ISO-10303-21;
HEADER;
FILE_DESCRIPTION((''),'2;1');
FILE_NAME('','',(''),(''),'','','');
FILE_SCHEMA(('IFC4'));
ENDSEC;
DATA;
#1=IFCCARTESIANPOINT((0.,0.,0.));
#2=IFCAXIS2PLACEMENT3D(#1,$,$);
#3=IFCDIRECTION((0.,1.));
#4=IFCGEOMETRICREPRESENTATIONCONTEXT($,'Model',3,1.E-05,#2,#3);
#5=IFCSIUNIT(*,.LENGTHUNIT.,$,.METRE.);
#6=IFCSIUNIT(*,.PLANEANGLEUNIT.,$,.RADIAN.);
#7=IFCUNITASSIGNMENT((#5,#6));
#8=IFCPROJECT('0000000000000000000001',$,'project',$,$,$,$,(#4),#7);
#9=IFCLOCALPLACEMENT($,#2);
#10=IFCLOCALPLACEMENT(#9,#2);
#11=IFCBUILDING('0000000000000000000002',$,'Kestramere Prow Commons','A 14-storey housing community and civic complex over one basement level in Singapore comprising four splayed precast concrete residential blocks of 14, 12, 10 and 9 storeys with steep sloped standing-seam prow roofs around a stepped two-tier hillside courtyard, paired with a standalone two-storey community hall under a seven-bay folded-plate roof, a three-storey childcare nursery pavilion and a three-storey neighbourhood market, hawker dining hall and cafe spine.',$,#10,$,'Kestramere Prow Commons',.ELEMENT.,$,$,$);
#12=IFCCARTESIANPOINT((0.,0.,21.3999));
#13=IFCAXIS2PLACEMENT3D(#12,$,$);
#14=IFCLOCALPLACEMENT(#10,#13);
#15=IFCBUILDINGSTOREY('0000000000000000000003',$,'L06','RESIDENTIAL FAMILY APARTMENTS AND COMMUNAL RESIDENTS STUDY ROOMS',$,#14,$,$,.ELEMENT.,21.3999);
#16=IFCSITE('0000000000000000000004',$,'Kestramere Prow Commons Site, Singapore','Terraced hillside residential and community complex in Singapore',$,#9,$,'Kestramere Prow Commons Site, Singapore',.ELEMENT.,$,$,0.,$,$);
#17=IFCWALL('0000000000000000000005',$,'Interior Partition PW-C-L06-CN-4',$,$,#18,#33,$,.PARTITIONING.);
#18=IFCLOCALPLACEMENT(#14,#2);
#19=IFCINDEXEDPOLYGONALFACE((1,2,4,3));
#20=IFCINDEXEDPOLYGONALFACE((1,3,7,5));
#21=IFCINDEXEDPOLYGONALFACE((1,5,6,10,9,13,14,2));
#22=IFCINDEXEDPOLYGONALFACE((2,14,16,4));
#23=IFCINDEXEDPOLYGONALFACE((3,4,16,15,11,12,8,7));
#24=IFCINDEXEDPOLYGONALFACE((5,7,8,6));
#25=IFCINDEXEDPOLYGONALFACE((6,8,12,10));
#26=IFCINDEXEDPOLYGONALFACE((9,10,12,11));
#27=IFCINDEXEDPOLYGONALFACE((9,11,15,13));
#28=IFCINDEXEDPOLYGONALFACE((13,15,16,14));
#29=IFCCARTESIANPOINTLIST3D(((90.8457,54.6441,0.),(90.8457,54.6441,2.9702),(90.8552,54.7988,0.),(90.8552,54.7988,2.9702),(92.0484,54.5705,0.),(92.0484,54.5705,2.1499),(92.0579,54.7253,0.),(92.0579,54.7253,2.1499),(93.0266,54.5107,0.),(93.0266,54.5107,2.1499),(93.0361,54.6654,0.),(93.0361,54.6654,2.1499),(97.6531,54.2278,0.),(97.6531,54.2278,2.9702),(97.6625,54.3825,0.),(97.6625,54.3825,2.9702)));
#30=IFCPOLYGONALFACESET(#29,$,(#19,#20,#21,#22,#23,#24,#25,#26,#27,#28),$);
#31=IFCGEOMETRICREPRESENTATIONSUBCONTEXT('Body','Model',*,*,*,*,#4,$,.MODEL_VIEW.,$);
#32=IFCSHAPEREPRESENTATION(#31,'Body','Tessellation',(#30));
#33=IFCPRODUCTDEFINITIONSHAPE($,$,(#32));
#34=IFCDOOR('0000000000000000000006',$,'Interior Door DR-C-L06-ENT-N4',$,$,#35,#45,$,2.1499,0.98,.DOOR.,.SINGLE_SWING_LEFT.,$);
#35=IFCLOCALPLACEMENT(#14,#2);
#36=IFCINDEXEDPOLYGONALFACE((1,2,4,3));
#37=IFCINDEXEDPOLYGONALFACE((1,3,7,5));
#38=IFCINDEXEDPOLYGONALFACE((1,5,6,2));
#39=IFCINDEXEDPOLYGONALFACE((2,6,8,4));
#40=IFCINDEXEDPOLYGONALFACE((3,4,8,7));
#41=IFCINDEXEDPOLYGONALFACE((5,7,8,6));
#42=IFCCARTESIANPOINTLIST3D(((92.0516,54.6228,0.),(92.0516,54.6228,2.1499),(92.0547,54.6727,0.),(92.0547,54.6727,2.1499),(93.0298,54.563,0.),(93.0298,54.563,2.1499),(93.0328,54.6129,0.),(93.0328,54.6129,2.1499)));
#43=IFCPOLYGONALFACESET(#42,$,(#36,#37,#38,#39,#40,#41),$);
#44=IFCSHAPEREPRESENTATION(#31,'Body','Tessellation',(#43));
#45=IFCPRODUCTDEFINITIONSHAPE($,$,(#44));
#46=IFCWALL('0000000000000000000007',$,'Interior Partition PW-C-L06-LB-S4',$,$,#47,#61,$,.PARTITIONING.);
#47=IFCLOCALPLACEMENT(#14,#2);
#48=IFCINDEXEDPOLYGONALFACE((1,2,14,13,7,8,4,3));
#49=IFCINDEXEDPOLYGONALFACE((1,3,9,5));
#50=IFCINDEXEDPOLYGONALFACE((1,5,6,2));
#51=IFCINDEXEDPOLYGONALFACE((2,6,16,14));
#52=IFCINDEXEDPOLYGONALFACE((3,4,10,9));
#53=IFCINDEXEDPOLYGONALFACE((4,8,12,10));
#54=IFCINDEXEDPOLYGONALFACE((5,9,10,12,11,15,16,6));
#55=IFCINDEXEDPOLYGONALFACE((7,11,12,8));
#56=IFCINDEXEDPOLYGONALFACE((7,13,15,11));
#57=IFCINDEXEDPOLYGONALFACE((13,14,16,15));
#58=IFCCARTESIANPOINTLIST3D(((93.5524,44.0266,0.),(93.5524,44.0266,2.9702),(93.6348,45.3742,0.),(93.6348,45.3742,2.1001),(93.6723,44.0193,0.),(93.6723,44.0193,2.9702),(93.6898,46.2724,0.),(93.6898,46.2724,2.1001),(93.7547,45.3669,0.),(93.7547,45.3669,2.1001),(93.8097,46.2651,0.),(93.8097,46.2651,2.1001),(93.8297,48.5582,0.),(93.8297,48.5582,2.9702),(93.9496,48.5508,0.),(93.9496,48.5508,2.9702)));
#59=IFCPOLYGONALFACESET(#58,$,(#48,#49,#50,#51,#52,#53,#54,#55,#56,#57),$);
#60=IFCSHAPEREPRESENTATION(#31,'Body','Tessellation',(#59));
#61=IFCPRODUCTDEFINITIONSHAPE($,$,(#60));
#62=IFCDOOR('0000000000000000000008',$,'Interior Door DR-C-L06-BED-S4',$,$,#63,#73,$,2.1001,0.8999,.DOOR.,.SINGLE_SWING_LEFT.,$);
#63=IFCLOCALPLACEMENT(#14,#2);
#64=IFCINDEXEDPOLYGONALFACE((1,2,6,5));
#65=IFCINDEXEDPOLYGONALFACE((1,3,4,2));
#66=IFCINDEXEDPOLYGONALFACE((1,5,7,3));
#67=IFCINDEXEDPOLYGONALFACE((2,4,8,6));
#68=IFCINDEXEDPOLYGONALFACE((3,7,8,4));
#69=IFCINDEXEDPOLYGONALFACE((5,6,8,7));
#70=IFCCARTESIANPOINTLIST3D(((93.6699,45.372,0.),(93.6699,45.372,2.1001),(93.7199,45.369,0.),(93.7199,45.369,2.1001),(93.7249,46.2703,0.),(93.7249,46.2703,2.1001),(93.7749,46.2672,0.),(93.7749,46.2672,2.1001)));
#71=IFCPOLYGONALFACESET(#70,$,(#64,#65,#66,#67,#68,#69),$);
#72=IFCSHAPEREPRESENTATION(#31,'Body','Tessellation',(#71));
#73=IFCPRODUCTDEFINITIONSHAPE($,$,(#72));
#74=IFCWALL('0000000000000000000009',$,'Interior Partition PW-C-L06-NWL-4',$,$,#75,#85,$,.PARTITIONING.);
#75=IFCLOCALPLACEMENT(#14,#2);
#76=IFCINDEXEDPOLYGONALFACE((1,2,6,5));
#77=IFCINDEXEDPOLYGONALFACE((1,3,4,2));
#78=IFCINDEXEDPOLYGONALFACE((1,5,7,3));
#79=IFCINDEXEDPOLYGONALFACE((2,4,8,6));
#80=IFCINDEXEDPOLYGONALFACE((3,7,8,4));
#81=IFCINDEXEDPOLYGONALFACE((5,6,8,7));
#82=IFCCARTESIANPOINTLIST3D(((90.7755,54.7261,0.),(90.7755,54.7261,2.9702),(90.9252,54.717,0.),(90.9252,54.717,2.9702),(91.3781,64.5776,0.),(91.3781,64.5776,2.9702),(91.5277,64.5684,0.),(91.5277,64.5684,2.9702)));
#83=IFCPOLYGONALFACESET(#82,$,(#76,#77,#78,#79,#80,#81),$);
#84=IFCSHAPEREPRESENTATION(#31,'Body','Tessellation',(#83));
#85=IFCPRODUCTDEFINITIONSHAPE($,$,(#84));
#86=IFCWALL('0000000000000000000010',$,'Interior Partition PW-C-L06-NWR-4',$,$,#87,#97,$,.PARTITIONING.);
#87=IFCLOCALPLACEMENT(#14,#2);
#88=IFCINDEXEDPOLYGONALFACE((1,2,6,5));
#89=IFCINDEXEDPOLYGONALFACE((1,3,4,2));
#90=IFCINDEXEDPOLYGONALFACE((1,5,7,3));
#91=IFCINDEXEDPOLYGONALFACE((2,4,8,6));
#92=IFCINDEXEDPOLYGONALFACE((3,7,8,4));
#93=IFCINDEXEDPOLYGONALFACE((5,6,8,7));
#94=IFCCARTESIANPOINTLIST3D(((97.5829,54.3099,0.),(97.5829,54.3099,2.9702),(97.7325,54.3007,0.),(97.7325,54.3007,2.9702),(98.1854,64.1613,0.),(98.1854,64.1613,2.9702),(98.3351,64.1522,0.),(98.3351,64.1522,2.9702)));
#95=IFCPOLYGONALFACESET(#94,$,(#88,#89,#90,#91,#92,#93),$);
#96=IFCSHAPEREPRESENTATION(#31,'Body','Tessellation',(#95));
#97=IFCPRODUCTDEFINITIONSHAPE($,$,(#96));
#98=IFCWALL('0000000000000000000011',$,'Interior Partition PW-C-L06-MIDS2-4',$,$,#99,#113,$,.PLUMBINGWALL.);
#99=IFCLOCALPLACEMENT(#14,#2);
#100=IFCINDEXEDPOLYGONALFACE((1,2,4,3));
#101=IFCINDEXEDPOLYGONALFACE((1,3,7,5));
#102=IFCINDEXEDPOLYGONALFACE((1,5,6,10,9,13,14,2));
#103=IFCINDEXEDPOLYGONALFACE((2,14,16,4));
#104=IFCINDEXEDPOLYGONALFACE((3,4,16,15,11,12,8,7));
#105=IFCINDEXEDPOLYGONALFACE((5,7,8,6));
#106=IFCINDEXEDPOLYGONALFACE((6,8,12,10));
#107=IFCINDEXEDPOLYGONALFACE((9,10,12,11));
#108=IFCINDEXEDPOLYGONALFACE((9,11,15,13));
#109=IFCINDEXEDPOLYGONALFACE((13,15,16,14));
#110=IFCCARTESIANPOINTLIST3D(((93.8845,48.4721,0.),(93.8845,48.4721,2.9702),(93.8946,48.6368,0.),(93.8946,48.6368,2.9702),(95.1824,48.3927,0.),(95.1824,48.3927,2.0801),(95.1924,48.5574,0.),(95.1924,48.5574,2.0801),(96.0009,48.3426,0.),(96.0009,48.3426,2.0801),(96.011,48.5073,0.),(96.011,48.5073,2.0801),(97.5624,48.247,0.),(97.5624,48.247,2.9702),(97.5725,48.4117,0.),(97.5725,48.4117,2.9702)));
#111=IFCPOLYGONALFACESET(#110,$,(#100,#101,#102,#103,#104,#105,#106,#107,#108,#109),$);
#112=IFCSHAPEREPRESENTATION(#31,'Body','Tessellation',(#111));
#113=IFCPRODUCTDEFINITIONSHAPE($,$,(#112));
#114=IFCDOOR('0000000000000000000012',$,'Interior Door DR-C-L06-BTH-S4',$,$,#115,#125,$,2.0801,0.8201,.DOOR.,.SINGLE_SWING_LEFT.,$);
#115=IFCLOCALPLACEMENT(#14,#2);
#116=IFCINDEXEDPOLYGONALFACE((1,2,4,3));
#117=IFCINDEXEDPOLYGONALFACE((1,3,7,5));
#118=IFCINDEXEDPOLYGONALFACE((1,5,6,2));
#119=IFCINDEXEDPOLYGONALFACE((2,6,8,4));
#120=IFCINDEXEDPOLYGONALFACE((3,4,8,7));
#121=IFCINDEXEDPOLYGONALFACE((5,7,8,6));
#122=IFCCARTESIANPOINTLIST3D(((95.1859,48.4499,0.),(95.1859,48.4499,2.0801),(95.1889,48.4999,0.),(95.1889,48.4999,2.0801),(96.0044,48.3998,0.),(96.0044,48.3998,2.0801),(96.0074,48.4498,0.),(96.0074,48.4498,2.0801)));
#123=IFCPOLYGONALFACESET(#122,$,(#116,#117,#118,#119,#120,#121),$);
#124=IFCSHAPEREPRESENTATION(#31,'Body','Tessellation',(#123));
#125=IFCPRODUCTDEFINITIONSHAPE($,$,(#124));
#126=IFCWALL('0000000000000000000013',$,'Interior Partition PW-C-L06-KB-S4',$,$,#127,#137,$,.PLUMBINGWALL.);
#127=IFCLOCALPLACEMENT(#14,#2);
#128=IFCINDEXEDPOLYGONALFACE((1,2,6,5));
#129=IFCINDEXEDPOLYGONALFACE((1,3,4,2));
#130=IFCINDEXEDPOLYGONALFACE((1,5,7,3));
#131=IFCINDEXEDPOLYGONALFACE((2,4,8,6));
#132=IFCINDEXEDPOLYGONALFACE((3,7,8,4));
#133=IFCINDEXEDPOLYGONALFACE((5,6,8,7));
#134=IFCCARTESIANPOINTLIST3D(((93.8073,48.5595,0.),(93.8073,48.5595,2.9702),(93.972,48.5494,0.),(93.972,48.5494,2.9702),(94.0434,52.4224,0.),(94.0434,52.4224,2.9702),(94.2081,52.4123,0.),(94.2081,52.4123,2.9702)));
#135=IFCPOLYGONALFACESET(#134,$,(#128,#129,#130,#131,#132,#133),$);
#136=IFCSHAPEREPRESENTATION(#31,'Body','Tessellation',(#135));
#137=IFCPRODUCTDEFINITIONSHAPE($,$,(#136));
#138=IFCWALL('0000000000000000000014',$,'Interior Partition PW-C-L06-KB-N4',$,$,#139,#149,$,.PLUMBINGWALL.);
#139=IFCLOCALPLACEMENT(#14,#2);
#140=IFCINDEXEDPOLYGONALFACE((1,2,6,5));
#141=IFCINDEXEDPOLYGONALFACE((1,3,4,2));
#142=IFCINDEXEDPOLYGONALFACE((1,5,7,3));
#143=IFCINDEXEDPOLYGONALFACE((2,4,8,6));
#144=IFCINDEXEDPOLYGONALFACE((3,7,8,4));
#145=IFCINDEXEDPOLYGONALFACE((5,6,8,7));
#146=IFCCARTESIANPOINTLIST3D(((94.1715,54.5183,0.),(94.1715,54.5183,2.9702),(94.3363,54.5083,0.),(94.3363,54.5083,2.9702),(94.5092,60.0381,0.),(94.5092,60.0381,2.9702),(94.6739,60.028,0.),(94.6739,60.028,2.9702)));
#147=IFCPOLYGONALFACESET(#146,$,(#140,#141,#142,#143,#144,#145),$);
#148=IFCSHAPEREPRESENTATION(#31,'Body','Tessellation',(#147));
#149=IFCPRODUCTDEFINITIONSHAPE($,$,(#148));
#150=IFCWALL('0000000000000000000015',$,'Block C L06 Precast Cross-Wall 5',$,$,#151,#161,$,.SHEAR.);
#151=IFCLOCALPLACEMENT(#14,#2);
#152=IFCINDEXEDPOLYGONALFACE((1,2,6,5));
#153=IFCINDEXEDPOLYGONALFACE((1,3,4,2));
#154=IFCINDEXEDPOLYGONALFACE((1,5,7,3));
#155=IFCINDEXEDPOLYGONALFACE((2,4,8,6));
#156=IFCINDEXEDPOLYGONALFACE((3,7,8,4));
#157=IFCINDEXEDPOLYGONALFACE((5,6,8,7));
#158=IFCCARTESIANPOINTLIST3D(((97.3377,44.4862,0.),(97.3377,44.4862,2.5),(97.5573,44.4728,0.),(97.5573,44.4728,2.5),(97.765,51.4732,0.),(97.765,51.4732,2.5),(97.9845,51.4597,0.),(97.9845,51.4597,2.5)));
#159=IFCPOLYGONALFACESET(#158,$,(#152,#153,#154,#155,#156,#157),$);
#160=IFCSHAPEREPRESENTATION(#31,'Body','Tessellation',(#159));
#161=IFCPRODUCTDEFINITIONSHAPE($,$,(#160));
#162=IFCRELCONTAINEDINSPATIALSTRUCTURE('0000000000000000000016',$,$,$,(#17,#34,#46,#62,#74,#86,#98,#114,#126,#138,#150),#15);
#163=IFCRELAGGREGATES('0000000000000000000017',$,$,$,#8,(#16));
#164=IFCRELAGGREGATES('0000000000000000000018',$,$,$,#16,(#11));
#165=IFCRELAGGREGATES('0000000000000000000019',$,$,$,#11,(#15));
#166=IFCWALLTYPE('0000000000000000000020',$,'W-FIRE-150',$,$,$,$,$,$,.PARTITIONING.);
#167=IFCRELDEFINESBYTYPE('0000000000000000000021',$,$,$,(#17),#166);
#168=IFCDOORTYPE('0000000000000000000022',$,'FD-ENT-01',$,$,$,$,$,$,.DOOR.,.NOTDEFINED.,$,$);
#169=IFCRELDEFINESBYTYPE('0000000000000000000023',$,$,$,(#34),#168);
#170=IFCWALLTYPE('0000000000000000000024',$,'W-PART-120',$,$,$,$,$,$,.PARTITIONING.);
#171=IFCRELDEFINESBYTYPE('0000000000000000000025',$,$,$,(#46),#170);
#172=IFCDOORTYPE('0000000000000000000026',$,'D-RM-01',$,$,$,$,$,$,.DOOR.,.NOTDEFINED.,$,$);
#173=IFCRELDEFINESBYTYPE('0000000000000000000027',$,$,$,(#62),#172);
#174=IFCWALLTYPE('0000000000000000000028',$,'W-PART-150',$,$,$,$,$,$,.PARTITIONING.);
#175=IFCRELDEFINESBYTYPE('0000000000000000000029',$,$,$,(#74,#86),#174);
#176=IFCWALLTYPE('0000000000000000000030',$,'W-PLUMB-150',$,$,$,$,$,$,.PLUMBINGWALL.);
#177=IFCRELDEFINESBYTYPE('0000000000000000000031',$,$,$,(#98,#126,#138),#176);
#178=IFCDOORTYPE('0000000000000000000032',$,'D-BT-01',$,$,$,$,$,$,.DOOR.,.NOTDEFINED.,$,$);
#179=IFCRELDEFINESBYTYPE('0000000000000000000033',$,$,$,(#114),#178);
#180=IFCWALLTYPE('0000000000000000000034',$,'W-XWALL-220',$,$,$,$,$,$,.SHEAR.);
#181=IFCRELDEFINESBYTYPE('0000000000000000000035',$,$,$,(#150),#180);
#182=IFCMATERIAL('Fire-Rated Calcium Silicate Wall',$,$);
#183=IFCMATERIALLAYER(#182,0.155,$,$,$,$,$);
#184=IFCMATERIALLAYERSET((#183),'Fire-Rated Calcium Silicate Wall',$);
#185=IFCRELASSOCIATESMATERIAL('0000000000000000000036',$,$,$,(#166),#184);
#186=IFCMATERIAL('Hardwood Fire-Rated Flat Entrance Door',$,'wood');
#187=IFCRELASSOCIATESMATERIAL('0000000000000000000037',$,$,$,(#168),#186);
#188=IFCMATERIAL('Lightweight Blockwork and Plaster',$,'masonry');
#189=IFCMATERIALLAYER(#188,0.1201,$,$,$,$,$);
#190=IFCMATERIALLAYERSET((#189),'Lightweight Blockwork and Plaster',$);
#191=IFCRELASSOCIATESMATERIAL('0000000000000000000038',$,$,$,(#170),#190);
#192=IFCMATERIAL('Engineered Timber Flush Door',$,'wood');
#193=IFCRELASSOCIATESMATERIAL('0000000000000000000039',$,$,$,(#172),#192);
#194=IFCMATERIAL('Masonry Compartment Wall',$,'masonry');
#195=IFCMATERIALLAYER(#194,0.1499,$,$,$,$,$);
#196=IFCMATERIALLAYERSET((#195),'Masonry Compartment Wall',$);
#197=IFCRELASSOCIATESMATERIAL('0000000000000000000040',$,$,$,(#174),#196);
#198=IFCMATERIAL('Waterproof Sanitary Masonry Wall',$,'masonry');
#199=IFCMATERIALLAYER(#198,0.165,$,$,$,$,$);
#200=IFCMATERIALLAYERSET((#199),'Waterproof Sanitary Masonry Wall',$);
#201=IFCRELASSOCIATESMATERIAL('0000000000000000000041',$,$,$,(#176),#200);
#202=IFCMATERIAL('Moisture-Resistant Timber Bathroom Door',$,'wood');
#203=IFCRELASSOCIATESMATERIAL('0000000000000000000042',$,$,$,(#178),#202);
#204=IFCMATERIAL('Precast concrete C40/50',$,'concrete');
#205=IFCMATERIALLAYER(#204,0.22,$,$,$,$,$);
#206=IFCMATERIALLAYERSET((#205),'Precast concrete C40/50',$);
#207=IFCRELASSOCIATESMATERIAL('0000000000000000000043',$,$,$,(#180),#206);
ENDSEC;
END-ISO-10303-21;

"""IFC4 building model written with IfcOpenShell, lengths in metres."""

from ifc_helpers import new_model, si_unit, direction, frame, frame_2d, origin, place, context, subcontext, project, spatial, rectangle, extrude, material, layer, layer_set, type_object, element, fill, save


model = new_model("IFC4")

# Units and contexts
model_context = context("Model", 3, precision=1e-05, world=origin(), true_north=direction((0.0, 1.0)))
body_context = subcontext(model_context, "Body", "Model", "MODEL_VIEW")
ifc_project = project(units=[si_unit("LENGTHUNIT", "METRE"), si_unit("PLANEANGLEUNIT", "RADIAN")], contexts=[model_context])

# Site, building, storey
site_placement = place(None, origin())
site = spatial("IfcSite", under=ifc_project, at=site_placement, Name="Kestramere Prow Commons Site, Singapore", Description="Terraced hillside residential and community complex in Singapore", LongName="Kestramere Prow Commons Site, Singapore", CompositionType="ELEMENT", RefElevation=0.0)
building_placement = place(site_placement, origin())
building = spatial("IfcBuilding", under=site, at=building_placement, Name="Kestramere Prow Commons", Description="A 14-storey housing community and civic complex over one basement level in Singapore comprising four splayed precast concrete residential blocks of 14, 12, 10 and 9 storeys with steep sloped standing-seam prow roofs around a stepped two-tier hillside courtyard, paired with a standalone two-storey community hall under a seven-bay folded-plate roof, a three-storey childcare nursery pavilion and a three-storey neighbourhood market, hawker dining hall and cafe spine.", LongName="Kestramere Prow Commons", CompositionType="ELEMENT")
storey_placement = place(building_placement, frame((0.0, 0.0, 21.3999)))
storey = spatial("IfcBuildingStorey", under=building, at=storey_placement, Name="L06", Description="RESIDENTIAL FAMILY APARTMENTS AND COMMUNAL RESIDENTS STUDY ROOMS", CompositionType="ELEMENT", Elevation=21.3999)

# Shared definitions
ifc_material_1 = material(Name="Precast concrete C40/50", Category="concrete")

# Walls, openings, doors
ifc_material_2 = material(Name="Fire-Rated Calcium Silicate Wall")
ifc_layer_1 = layer(ifc_material_2, 0.155)
ifc_layer_set_1 = layer_set([ifc_layer_1], Name="Fire-Rated Calcium Silicate Wall")
wall_type_1 = type_object("IfcWallType", Name="W-FIRE-150", PredefinedType="PARTITIONING", material=ifc_layer_set_1)
wall_1_placement = place(storey_placement, frame((90.8503, 54.7214, 0.0), z_axis=(0.0, 0.0, 1.0), x_axis=(0.998136, -0.061034, 0.0)))
wall_1 = element("IfcWall", 1, at=wall_1_placement, inside=storey, type_object=wall_type_1, Name="Interior Partition PW-C-L06-CN-4", PredefinedType="PARTITIONING", context=body_context, shape_type="SweptSolid", body=[
    extrude(rectangle(XDim=6.8201, YDim=0.155, at=frame_2d((3.4102, 0.0))), origin(), (0.0, 0.0, 1.0), 2.9702),
])
opening_1_placement = place(wall_1_placement, frame((1.2051, 0.0, 0.0)))
opening_1 = element("IfcOpeningElement", 2, at=opening_1_placement, cuts=wall_1, PredefinedType="OPENING", context=body_context, shape_type="SweptSolid", body=[
    extrude(rectangle(XDim=0.98, YDim=2.1499, at=frame_2d((0.49, 1.075))), frame((0.0, 0.0925, 0.0), z_axis=(0.0, -1.0, 0.0), x_axis=(1.0, 0.0, 0.0)), (0.0, 0.0, 1.0), 0.1851),
])
ifc_material_3 = material(Name="Hardwood Fire-Rated Flat Entrance Door", Category="wood")
door_type_1 = type_object("IfcDoorType", Name="FD-ENT-01", OperationType="NOTDEFINED", PredefinedType="DOOR", material=ifc_material_3)
door_1_placement = place(opening_1_placement, origin())
door_1 = element("IfcDoor", 3, at=door_1_placement, inside=storey, type_object=door_type_1, Name="Interior Door DR-C-L06-ENT-N4", OperationType="SINGLE_SWING_LEFT", OverallHeight=2.1499, OverallWidth=0.98, PredefinedType="DOOR", context=body_context, shape_type="SweptSolid", body=[
    extrude(rectangle(XDim=0.98, YDim=2.1499, at=frame_2d((0.49, 1.075))), frame((0.0, 0.0249, 0.0), z_axis=(0.0, -1.0, 0.0), x_axis=(1.0, 0.0, 0.0)), (0.0, 0.0, 1.0), 0.05),
])
fill(opening_1, door_1)
ifc_material_4 = material(Name="Lightweight Blockwork and Plaster", Category="masonry")
ifc_layer_2 = layer(ifc_material_4, 0.1201)
ifc_layer_set_2 = layer_set([ifc_layer_2], Name="Lightweight Blockwork and Plaster")
wall_type_2 = type_object("IfcWallType", Name="W-PART-120", PredefinedType="PARTITIONING", material=ifc_layer_set_2)
wall_2_placement = place(storey_placement, frame((93.6123, 44.0229, 0.0), z_axis=(0.0, 0.0, 1.0), x_axis=(0.061089, 0.998132, 0.0)))
wall_2 = element("IfcWall", 4, at=wall_2_placement, inside=storey, type_object=wall_type_2, Name="Interior Partition PW-C-L06-LB-S4", PredefinedType="PARTITIONING", context=body_context, shape_type="SweptSolid", body=[
    extrude(rectangle(XDim=4.54, YDim=0.1201, at=frame_2d((2.27, 0.0))), origin(), (0.0, 0.0, 1.0), 2.9702),
])
opening_2_placement = place(wall_2_placement, frame((1.3501, 0.0, 0.0)))
opening_2 = element("IfcOpeningElement", 5, at=opening_2_placement, cuts=wall_2, PredefinedType="OPENING", context=body_context, shape_type="SweptSolid", body=[
    extrude(rectangle(XDim=0.8999, YDim=2.1001, at=frame_2d((0.45, 1.05))), frame((0.0, 0.075, 0.0), z_axis=(0.0, -1.0, 0.0), x_axis=(1.0, 0.0, 0.0)), (0.0, 0.0, 1.0), 0.1501),
])
ifc_material_5 = material(Name="Engineered Timber Flush Door", Category="wood")
door_type_2 = type_object("IfcDoorType", Name="D-RM-01", OperationType="NOTDEFINED", PredefinedType="DOOR", material=ifc_material_5)
door_2_placement = place(opening_2_placement, origin())
door_2 = element("IfcDoor", 6, at=door_2_placement, inside=storey, type_object=door_type_2, Name="Interior Door DR-C-L06-BED-S4", OperationType="SINGLE_SWING_LEFT", OverallHeight=2.1001, OverallWidth=0.8999, PredefinedType="DOOR", context=body_context, shape_type="SweptSolid", body=[
    extrude(rectangle(XDim=0.8999, YDim=2.1001, at=frame_2d((0.45, 1.05))), frame((0.0, 0.0249, 0.0), z_axis=(0.0, -1.0, 0.0), x_axis=(1.0, 0.0, 0.0)), (0.0, 0.0, 1.0), 0.05),
])
fill(opening_2, door_2)

# Walls
ifc_material_6 = material(Name="Masonry Compartment Wall", Category="masonry")
ifc_layer_3 = layer(ifc_material_6, 0.1499)
ifc_layer_set_3 = layer_set([ifc_layer_3], Name="Masonry Compartment Wall")
wall_type_3 = type_object("IfcWallType", Name="W-PART-150", PredefinedType="PARTITIONING", material=ifc_layer_set_3)
for number, where, z_axis, x_axis, name in (
    (7, (90.8503, 54.7214, 0.0), (0.0, 0.0, 1.0), (0.061048, 0.998135, 0.0), "Interior Partition PW-C-L06-NWL-4"),
    (8, (97.6577, 54.3052, 0.0), (0.0, 0.0, 1.0), (0.061048, 0.998135, 0.0), "Interior Partition PW-C-L06-NWR-4"),
):
    element("IfcWall", number, at=place(storey_placement, frame(where, z_axis=z_axis, x_axis=x_axis)), inside=storey, type_object=wall_type_3, Name=name, PredefinedType="PARTITIONING", context=body_context, shape_type="SweptSolid", body=[
        extrude(rectangle(XDim=9.8699, YDim=0.1499, at=frame_2d((4.9351, 0.0))), origin(), (0.0, 0.0, 1.0), 2.9702),
    ])

# Wall, opening, door
ifc_material_7 = material(Name="Waterproof Sanitary Masonry Wall", Category="masonry")
ifc_layer_4 = layer(ifc_material_7, 0.165)
ifc_layer_set_4 = layer_set([ifc_layer_4], Name="Waterproof Sanitary Masonry Wall")
wall_type_4 = type_object("IfcWallType", Name="W-PLUMB-150", PredefinedType="PLUMBINGWALL", material=ifc_layer_set_4)
wall_3_placement = place(storey_placement, frame((93.8896, 48.5544, 0.0), z_axis=(0.0, 0.0, 1.0), x_axis=(0.998132, -0.061087, 0.0)))
wall_3 = element("IfcWall", 9, at=wall_3_placement, inside=storey, type_object=wall_type_4, Name="Interior Partition PW-C-L06-MIDS2-4", PredefinedType="PLUMBINGWALL", context=body_context, shape_type="SweptSolid", body=[
    extrude(rectangle(XDim=3.6848, YDim=0.165, at=frame_2d((1.8423, 0.0))), origin(), (0.0, 0.0, 1.0), 2.9702),
])
opening_3_placement = place(wall_3_placement, frame((1.3, 0.0, 0.0)))
opening_3 = element("IfcOpeningElement", 10, at=opening_3_placement, cuts=wall_3, PredefinedType="OPENING", context=body_context, shape_type="SweptSolid", body=[
    extrude(rectangle(XDim=0.8201, YDim=2.0801, at=frame_2d((0.4102, 1.04))), frame((0.0, 0.0974, 0.0), z_axis=(0.0, -1.0, 0.0), x_axis=(1.0, 0.0, 0.0)), (0.0, 0.0, 1.0), 0.1951),
])
ifc_material_8 = material(Name="Moisture-Resistant Timber Bathroom Door", Category="wood")
door_type_3 = type_object("IfcDoorType", Name="D-BT-01", OperationType="NOTDEFINED", PredefinedType="DOOR", material=ifc_material_8)
door_3_placement = place(opening_3_placement, origin())
door_3 = element("IfcDoor", 11, at=door_3_placement, inside=storey, type_object=door_type_3, Name="Interior Door DR-C-L06-BTH-S4", OperationType="SINGLE_SWING_LEFT", OverallHeight=2.0801, OverallWidth=0.8201, PredefinedType="DOOR", context=body_context, shape_type="SweptSolid", body=[
    extrude(rectangle(XDim=0.8201, YDim=2.0801, at=frame_2d((0.4102, 1.04))), frame((0.0, 0.0249, 0.0), z_axis=(0.0, -1.0, 0.0), x_axis=(1.0, 0.0, 0.0)), (0.0, 0.0, 1.0), 0.05),
])
fill(opening_3, door_3)

# Walls
wall_4_placement = place(storey_placement, frame((93.8896, 48.5544, 0.0), z_axis=(0.0, 0.0, 1.0), x_axis=(0.061004, 0.998138, 0.0)))
element("IfcWall", 12, at=wall_4_placement, inside=storey, type_object=wall_type_4, Name="Interior Partition PW-C-L06-KB-S4", PredefinedType="PLUMBINGWALL", context=body_context, shape_type="SweptSolid", body=[
    extrude(rectangle(XDim=3.8701, YDim=0.165, at=frame_2d((1.9351, 0.0))), origin(), (0.0, 0.0, 1.0), 2.9702),
])
wall_5_placement = place(storey_placement, frame((94.2539, 54.5132, 0.0), z_axis=(0.0, 0.0, 1.0), x_axis=(0.061056, 0.998134, 0.0)))
element("IfcWall", 13, at=wall_5_placement, inside=storey, type_object=wall_type_4, Name="Interior Partition PW-C-L06-KB-N4", PredefinedType="PLUMBINGWALL", context=body_context, shape_type="SweptSolid", body=[
    extrude(rectangle(XDim=5.53, YDim=0.165, at=frame_2d((2.7651, 0.0))), origin(), (0.0, 0.0, 1.0), 2.9702),
])
ifc_layer_5 = layer(ifc_material_1, 0.22)
ifc_layer_set_5 = layer_set([ifc_layer_5], Name="Precast concrete C40/50")
wall_type_5 = type_object("IfcWallType", Name="W-XWALL-220", PredefinedType="SHEAR", material=ifc_layer_set_5)
wall_6_placement = place(storey_placement, frame((97.4475, 44.4795, 0.0), z_axis=(0.0, 0.0, 1.0), x_axis=(0.061034, 0.998136, 0.0)))
element("IfcWall", 14, at=wall_6_placement, inside=storey, type_object=wall_type_5, Name="Block C L06 Precast Cross-Wall 5", PredefinedType="SHEAR", context=body_context, shape_type="SweptSolid", body=[
    extrude(rectangle(XDim=7.0, YDim=0.22, at=frame_2d((3.5, 0.0))), origin(), (0.0, 0.0, 1.0), 2.5),
])

save(model, "model.ifc")
